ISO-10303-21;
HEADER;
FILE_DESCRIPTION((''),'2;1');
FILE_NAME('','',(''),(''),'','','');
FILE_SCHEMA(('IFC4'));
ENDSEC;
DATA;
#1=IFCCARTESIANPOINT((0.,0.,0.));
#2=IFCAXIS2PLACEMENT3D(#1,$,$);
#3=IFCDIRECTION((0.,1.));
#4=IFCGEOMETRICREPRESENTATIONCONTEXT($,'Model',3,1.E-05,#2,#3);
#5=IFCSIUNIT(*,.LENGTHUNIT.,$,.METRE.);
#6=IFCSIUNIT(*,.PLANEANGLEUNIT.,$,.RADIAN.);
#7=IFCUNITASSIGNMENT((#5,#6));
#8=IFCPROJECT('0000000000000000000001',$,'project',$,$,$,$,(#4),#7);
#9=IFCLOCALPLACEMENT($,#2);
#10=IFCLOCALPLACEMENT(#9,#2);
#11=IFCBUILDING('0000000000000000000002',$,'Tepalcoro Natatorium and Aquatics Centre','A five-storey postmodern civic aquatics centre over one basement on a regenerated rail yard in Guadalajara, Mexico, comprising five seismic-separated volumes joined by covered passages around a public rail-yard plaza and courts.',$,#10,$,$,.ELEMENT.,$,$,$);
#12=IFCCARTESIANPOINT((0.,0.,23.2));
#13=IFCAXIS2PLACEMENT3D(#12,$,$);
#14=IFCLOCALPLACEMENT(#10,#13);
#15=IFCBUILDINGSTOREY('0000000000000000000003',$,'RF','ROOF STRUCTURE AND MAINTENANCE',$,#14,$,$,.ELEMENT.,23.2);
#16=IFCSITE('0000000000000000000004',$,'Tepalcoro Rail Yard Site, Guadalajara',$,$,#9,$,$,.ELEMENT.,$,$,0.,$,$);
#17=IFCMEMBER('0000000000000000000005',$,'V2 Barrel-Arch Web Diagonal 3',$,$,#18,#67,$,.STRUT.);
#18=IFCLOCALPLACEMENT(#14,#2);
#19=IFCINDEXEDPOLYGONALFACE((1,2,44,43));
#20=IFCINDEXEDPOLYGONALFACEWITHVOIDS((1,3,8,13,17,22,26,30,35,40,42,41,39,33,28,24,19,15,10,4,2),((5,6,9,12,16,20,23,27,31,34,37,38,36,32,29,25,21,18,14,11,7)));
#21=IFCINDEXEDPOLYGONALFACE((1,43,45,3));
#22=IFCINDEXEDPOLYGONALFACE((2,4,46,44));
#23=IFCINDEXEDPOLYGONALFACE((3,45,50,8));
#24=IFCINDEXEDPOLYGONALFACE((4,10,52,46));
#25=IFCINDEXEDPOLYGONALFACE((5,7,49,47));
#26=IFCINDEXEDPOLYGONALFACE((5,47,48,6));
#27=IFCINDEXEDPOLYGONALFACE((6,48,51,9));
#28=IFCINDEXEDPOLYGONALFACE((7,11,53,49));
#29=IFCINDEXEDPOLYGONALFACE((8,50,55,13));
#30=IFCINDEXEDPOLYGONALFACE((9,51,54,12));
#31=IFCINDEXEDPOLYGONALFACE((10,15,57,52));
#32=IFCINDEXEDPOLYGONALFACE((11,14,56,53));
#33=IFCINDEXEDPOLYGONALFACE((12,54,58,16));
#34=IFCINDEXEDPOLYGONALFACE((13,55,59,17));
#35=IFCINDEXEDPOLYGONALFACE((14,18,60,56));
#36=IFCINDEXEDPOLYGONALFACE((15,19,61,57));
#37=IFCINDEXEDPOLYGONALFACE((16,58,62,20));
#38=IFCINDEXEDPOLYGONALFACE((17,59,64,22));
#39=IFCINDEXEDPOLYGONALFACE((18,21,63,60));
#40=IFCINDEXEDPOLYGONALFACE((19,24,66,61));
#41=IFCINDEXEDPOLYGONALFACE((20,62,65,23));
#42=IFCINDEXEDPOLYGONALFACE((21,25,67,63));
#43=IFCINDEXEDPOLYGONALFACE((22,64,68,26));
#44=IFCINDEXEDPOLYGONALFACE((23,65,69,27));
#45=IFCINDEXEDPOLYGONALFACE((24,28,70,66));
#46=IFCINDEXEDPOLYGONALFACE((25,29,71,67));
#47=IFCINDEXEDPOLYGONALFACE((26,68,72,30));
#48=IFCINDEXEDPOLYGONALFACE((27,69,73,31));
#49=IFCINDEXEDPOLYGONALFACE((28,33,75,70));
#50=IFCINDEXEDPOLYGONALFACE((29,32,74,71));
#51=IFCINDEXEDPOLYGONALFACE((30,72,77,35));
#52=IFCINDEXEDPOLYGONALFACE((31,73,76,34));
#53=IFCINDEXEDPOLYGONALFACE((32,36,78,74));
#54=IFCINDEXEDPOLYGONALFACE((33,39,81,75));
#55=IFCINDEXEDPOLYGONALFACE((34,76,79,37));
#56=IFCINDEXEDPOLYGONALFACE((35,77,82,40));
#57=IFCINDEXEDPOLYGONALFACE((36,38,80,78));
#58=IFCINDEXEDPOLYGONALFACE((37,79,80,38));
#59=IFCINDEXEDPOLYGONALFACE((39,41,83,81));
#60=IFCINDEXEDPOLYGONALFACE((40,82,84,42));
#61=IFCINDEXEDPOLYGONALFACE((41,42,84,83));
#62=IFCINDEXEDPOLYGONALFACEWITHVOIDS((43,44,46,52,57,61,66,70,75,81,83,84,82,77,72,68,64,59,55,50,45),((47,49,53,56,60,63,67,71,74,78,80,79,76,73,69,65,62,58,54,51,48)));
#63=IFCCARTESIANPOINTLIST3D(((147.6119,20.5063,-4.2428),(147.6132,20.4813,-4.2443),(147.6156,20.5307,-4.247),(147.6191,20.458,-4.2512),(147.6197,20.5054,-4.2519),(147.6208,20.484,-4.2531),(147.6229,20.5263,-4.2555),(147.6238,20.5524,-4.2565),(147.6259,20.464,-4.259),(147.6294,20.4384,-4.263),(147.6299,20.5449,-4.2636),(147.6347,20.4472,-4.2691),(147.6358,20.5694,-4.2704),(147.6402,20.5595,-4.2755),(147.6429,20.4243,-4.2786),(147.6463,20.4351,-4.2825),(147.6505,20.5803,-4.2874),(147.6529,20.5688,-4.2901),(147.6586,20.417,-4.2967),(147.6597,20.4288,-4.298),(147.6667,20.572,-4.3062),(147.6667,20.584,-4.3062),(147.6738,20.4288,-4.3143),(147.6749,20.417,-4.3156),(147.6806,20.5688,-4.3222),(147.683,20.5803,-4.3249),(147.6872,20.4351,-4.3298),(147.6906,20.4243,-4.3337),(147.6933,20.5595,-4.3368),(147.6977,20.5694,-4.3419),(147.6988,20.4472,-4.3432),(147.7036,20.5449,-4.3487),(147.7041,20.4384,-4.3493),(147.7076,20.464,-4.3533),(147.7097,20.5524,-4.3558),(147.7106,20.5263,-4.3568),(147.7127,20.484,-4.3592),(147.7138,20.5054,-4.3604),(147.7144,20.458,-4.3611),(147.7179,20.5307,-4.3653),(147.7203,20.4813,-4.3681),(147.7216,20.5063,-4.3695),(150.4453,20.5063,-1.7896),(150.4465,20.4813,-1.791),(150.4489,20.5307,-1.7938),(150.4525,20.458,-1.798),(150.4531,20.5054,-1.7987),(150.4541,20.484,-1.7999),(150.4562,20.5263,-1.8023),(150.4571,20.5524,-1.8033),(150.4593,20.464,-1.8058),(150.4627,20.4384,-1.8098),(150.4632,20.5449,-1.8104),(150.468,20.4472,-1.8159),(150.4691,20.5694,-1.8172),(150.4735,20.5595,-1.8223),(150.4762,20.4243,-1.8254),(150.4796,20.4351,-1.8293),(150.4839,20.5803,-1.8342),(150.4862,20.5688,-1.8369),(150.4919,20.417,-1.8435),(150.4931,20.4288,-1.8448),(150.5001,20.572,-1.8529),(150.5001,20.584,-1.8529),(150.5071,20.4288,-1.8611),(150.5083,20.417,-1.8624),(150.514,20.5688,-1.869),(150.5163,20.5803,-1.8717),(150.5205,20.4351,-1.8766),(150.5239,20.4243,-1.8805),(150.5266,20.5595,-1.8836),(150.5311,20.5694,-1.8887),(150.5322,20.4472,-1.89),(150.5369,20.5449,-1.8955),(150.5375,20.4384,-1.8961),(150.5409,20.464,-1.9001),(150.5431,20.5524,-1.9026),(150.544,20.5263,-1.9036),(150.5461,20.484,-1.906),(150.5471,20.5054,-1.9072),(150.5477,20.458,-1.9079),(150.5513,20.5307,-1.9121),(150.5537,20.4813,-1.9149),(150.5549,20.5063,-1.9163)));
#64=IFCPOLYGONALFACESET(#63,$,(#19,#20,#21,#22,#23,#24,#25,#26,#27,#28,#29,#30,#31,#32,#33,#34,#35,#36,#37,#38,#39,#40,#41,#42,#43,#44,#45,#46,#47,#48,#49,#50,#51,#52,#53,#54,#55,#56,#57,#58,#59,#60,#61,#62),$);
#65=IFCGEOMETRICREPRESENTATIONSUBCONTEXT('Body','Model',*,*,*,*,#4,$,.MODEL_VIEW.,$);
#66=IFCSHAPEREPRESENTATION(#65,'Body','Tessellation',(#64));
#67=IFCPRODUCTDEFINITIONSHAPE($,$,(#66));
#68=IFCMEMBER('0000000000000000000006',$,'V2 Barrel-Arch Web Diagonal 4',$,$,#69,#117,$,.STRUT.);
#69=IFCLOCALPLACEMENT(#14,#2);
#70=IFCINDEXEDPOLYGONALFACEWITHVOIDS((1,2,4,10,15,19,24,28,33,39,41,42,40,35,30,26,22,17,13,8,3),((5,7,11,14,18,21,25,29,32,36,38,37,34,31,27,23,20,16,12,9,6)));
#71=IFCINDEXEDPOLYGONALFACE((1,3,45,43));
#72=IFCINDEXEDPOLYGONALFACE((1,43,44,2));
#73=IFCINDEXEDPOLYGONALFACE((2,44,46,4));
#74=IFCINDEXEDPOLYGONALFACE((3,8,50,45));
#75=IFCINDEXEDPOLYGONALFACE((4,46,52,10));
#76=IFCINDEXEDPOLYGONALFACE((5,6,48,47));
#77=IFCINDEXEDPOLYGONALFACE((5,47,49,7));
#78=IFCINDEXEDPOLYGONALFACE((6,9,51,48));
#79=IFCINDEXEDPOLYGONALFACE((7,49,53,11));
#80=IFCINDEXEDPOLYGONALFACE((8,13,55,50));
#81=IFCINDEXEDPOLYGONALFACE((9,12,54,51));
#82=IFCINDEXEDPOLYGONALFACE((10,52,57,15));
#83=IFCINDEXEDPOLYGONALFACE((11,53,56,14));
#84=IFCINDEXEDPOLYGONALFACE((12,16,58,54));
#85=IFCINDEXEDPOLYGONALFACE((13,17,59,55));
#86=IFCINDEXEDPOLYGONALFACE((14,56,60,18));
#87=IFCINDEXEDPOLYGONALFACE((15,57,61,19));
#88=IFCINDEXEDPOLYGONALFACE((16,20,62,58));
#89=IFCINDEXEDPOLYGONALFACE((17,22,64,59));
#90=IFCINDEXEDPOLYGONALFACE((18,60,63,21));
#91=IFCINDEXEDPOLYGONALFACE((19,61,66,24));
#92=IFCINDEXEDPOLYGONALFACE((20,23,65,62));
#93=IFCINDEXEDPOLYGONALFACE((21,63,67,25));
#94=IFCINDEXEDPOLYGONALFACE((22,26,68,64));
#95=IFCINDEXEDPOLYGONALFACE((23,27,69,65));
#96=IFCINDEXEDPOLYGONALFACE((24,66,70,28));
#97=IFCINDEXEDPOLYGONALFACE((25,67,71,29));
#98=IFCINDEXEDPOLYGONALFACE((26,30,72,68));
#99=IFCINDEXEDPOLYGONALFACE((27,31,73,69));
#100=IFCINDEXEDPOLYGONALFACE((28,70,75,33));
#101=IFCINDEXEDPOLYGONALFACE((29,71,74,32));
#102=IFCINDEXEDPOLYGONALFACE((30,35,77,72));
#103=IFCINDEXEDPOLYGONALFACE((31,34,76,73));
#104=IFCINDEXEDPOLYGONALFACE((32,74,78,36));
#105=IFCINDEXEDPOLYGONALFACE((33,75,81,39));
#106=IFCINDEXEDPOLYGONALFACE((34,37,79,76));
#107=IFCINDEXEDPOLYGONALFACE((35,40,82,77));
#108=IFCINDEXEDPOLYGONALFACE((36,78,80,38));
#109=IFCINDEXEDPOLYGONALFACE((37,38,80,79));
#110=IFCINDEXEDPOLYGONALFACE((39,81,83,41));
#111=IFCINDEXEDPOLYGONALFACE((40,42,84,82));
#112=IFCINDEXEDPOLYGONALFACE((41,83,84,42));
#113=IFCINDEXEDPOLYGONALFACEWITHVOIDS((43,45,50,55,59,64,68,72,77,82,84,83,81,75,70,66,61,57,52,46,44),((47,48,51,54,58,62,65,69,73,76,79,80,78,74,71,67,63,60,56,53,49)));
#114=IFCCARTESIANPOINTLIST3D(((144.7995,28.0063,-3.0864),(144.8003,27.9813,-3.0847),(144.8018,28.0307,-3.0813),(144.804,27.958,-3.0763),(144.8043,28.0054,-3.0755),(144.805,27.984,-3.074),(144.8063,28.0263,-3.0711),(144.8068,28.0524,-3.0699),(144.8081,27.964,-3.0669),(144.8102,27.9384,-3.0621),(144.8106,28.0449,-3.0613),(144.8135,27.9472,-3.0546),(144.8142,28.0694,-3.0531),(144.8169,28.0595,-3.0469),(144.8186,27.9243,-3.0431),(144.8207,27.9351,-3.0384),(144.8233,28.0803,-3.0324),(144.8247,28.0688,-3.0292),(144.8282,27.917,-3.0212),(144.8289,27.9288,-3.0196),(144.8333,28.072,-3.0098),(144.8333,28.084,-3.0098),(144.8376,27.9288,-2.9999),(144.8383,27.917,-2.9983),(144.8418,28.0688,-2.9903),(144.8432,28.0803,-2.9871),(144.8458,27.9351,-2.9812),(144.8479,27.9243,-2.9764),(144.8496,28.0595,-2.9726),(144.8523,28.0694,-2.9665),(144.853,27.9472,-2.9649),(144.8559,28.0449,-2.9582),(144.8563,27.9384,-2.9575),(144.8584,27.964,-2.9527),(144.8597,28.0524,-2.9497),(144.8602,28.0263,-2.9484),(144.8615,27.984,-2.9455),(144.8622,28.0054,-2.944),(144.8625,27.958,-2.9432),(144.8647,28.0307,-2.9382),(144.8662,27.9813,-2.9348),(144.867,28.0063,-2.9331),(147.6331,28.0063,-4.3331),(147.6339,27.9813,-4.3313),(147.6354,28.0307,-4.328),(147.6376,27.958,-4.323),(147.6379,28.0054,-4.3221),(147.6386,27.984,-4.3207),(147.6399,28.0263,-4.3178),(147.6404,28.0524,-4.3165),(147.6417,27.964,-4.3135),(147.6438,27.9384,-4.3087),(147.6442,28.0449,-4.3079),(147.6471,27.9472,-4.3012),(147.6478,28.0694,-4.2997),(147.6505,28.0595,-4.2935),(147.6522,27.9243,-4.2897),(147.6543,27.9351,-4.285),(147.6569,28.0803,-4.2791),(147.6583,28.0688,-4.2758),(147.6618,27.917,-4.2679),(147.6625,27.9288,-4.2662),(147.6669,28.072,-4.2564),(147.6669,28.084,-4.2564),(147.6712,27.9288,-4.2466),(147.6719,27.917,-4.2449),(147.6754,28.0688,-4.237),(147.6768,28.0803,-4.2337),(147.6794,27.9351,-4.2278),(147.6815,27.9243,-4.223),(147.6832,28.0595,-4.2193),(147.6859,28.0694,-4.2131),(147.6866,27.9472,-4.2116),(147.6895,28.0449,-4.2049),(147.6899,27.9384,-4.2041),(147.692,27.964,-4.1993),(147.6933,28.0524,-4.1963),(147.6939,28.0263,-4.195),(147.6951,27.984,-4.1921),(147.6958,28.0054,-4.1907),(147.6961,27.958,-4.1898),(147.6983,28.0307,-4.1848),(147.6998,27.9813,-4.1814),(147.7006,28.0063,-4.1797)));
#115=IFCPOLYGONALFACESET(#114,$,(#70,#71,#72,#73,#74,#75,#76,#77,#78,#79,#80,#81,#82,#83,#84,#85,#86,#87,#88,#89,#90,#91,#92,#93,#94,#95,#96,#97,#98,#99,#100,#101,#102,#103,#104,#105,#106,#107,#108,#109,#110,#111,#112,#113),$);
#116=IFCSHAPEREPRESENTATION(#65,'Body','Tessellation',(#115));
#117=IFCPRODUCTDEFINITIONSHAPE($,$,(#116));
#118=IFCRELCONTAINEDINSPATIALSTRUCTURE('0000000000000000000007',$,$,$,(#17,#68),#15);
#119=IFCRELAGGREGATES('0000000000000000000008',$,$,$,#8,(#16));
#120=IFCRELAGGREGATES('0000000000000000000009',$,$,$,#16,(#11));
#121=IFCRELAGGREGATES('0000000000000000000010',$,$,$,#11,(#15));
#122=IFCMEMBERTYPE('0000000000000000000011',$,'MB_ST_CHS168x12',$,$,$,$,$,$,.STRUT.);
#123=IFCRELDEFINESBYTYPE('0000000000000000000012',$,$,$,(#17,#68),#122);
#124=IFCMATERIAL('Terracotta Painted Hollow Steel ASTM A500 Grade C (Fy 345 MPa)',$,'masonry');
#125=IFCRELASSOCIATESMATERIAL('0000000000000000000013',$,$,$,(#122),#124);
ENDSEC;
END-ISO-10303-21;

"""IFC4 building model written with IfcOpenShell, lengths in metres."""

from ifc_helpers import new_model, si_unit, direction, frame, origin, origin_2d, place, context, subcontext, project, spatial, hollow_circle, extrude, material, material_profile, profile_set, type_object, element, save


model = new_model("IFC4")

# Units and contexts
model_context = context("Model", 3, precision=1e-05, world=origin(), true_north=direction((0.0, 1.0)))
body_context = subcontext(model_context, "Body", "Model", "MODEL_VIEW")
ifc_project = project(units=[si_unit("LENGTHUNIT", "METRE"), si_unit("PLANEANGLEUNIT", "RADIAN")], contexts=[model_context])

# Site, building, storey
site_placement = place(None, origin())
site = spatial("IfcSite", under=ifc_project, at=site_placement, Name="Tepalcoro Rail Yard Site, Guadalajara", CompositionType="ELEMENT", RefElevation=0.0)
building_placement = place(site_placement, origin())
building = spatial("IfcBuilding", under=site, at=building_placement, Name="Tepalcoro Natatorium and Aquatics Centre", Description="A five-storey postmodern civic aquatics centre over one basement on a regenerated rail yard in Guadalajara, Mexico, comprising five seismic-separated volumes joined by covered passages around a public rail-yard plaza and courts.", CompositionType="ELEMENT")
storey_placement = place(building_placement, frame((0.0, 0.0, 23.2)))
storey = spatial("IfcBuildingStorey", under=building, at=storey_placement, Name="RF", Description="ROOF STRUCTURE AND MAINTENANCE", CompositionType="ELEMENT", Elevation=23.2)

# Shared definitions
ifc_material = material(Name="Terracotta Painted Hollow Steel ASTM A500 Grade C (Fy 345 MPa)", Category="masonry")

# Members
ifc_material_profile_1 = material_profile(ifc_material, hollow_circle(Radius=0.084, WallThickness=0.012, at=origin_2d()), Name="CHS168X12")
ifc_profile_set_1 = profile_set([ifc_material_profile_1], Name="Terracotta Painted Hollow Steel ASTM A500 Grade C (Fy 345 MPa)")
member_type_1 = type_object("IfcMemberType", Name="MB_ST_CHS168x12", PredefinedType="STRUT", material=ifc_profile_set_1)
member_1_placement = place(storey_placement, frame((147.6667, 20.5, -4.3062), z_axis=(0.756001, 0.0, 0.654571), x_axis=(0.0, 1.0, 0.0)))
element("IfcMember", 1, at=member_1_placement, inside=storey, type_object=member_type_1, Name="V2 Barrel-Arch Web Diagonal 3", PredefinedType="STRUT", context=body_context, shape_type="SweptSolid", body=[
    extrude(hollow_circle(Radius=0.084, WallThickness=0.012, at=origin_2d()), origin(), (0.0, 0.0, 1.0), 3.7478),
])
member_2_placement = place(storey_placement, frame((144.8333, 28.0, -3.0098), z_axis=(0.915334, 0.0, -0.402696), x_axis=(0.0, 1.0, 0.0)))
element("IfcMember", 2, at=member_2_placement, inside=storey, type_object=member_type_1, Name="V2 Barrel-Arch Web Diagonal 4", PredefinedType="STRUT", context=body_context, shape_type="SweptSolid", body=[
    extrude(hollow_circle(Radius=0.084, WallThickness=0.012, at=origin_2d()), origin(), (0.0, 0.0, 1.0), 3.0957),
])

save(model, "model.ifc")
